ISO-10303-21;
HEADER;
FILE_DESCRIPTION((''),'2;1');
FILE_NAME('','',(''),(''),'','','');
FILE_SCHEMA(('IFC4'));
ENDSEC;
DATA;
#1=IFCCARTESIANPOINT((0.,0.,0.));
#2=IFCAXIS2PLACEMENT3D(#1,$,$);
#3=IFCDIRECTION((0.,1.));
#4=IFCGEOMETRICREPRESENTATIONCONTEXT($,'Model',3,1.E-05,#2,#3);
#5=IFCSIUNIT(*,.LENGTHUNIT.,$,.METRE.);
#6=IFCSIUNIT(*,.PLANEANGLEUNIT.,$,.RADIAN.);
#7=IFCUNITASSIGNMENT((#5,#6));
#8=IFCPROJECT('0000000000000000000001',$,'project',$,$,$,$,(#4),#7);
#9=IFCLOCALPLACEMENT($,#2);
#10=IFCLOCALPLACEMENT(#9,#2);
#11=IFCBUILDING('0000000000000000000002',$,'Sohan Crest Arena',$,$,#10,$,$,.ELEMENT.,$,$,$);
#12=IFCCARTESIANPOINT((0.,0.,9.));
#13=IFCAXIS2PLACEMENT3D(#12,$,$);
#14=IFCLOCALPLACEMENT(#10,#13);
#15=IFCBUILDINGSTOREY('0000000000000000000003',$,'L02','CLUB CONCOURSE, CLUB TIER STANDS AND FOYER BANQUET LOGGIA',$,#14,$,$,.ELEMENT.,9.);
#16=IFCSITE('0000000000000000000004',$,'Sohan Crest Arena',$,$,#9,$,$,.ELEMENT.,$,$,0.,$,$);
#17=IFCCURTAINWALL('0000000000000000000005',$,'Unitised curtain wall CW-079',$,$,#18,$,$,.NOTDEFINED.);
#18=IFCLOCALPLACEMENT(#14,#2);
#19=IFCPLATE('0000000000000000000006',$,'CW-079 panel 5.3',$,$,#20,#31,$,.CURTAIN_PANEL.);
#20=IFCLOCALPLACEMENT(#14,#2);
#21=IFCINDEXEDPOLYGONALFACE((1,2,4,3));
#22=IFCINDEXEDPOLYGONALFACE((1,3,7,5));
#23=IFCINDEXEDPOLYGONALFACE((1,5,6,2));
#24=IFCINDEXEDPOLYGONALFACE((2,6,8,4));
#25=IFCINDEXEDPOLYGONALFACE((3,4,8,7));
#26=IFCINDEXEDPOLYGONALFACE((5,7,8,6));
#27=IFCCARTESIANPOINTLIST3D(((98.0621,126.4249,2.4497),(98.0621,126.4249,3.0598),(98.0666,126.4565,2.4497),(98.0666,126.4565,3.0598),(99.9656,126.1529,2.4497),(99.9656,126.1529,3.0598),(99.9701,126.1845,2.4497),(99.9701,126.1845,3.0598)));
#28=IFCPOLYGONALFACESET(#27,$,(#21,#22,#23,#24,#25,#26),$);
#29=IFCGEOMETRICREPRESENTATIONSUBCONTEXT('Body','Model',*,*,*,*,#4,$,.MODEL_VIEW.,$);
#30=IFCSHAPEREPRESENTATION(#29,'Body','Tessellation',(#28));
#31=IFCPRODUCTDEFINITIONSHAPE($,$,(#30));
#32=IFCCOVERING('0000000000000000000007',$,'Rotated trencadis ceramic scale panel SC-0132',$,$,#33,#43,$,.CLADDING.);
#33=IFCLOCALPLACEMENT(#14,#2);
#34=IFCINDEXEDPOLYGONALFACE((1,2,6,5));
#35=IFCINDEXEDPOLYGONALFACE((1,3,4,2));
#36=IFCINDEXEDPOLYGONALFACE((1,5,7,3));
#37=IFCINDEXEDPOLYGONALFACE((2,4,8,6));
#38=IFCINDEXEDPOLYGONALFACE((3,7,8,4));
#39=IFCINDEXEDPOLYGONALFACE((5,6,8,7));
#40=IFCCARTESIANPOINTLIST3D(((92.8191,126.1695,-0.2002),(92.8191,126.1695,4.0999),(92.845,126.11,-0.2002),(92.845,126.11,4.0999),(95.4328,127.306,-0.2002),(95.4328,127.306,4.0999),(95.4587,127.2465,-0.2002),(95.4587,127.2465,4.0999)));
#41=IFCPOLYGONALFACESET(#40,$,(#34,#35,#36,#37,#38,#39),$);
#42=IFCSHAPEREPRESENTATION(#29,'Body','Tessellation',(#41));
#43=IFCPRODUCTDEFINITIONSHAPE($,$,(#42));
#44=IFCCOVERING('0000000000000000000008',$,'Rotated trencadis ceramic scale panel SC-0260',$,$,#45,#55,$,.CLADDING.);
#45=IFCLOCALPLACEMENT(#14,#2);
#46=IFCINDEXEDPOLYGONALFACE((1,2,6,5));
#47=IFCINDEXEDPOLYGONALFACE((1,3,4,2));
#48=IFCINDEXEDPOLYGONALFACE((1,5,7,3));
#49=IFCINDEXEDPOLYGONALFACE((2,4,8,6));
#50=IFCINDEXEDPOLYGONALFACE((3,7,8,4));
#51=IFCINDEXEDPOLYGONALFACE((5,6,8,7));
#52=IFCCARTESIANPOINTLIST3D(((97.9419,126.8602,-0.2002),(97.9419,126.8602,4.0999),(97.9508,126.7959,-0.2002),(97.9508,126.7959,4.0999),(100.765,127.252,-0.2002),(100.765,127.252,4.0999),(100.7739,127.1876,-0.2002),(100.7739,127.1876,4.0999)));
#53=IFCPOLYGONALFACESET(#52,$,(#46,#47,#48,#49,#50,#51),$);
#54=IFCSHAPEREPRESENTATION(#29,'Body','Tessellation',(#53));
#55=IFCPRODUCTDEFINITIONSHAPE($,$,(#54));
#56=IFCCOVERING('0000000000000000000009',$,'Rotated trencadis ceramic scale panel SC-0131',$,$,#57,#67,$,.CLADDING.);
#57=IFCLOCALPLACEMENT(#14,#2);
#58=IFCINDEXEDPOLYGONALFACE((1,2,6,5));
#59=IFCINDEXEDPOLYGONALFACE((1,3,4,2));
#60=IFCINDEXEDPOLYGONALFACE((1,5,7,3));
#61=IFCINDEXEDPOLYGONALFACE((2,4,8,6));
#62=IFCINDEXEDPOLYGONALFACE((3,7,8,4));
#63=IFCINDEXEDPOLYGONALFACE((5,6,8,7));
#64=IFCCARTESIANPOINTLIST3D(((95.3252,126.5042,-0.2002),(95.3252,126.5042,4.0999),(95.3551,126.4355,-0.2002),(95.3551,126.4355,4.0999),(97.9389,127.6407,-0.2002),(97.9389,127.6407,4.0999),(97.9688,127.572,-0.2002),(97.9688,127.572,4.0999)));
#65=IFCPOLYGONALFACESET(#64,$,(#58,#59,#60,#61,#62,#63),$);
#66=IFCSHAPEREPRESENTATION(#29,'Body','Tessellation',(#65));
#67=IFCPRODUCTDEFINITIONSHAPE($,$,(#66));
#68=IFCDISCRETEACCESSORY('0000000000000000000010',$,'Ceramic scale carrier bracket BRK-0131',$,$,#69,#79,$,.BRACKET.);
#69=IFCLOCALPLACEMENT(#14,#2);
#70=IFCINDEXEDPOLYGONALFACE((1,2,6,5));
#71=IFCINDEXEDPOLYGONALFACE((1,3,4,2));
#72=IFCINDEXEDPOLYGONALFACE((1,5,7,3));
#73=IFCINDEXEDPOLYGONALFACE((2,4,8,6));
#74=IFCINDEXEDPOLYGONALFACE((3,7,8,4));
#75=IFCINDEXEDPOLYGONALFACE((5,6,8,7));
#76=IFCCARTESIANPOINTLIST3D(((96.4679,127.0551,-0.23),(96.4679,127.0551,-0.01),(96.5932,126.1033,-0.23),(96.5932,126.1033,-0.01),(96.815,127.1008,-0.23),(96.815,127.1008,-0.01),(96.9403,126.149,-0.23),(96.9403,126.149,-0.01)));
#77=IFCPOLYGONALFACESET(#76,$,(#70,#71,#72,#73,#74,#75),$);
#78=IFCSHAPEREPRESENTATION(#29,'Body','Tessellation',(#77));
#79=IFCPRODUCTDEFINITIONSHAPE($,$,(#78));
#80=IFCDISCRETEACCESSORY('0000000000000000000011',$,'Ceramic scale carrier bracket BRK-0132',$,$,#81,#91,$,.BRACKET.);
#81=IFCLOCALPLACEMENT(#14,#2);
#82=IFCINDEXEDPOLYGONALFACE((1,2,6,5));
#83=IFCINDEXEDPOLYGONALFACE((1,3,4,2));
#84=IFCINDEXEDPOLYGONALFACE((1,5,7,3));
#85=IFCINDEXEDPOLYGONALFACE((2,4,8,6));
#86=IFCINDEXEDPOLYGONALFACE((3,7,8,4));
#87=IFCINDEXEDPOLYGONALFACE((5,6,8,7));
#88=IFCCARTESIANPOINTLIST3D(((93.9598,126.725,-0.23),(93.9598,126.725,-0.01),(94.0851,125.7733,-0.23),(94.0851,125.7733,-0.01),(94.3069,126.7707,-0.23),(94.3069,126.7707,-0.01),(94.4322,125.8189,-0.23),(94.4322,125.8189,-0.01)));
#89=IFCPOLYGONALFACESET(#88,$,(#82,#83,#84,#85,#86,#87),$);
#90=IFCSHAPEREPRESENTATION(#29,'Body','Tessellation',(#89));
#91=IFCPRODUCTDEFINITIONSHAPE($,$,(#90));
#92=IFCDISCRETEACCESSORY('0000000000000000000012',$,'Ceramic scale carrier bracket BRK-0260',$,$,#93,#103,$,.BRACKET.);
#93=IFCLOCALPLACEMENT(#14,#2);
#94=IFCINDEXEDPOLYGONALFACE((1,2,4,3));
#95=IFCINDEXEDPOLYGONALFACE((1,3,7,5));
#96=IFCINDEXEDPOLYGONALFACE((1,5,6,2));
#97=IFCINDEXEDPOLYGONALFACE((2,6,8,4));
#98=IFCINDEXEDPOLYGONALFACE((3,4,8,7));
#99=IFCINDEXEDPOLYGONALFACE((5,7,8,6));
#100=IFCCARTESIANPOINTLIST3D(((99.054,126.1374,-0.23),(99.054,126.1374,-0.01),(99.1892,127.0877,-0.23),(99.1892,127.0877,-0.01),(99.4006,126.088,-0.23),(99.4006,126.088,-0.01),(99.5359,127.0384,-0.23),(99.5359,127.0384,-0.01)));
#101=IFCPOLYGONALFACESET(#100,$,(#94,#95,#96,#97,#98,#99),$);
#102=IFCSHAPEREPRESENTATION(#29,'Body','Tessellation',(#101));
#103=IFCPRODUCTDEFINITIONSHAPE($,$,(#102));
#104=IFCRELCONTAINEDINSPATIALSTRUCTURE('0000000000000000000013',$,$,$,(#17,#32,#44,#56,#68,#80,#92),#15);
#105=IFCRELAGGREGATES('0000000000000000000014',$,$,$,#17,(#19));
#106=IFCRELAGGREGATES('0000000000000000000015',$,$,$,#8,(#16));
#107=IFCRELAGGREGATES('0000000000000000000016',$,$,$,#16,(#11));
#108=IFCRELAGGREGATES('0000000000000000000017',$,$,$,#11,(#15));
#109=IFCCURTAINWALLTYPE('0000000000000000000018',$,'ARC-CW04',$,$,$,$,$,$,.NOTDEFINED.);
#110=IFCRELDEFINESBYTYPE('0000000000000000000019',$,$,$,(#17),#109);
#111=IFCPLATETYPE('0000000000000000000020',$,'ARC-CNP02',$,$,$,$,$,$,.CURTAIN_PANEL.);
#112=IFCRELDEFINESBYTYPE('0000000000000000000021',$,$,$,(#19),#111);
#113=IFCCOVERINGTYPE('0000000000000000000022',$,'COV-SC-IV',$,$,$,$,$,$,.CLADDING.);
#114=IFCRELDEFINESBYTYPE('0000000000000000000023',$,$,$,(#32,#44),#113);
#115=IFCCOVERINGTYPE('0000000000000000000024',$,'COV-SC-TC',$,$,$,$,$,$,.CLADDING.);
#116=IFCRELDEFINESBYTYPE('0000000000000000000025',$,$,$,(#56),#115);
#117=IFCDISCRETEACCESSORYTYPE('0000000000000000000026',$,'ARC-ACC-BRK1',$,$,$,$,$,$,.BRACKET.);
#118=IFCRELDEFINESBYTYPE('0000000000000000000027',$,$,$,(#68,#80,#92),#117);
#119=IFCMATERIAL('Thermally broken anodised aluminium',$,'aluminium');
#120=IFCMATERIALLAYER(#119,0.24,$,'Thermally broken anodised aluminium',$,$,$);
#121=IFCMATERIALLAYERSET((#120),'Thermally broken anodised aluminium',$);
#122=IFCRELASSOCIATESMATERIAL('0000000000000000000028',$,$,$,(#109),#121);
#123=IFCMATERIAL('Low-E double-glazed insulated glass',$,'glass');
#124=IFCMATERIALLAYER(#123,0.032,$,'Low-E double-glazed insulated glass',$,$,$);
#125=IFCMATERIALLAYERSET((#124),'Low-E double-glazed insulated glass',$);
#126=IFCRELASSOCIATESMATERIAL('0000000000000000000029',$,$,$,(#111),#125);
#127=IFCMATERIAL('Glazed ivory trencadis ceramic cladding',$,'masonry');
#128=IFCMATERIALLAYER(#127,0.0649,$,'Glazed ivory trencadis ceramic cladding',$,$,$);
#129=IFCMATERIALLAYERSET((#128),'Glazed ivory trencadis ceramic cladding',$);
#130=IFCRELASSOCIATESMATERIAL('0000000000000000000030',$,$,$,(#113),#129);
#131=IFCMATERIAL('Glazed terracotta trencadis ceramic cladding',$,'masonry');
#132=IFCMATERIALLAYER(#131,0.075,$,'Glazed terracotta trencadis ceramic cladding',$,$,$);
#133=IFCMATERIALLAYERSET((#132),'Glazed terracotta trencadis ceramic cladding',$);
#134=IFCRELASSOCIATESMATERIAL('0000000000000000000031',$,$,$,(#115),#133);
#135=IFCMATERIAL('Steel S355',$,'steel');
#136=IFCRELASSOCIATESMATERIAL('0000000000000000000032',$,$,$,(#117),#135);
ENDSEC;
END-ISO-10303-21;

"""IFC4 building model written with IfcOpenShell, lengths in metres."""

from ifc_helpers import new_model, si_unit, direction, frame, origin, origin_2d, place, context, subcontext, project, spatial, rectangle, extrude, material, layer, layer_set, type_object, element, aggregate, save


model = new_model("IFC4")

# Units and contexts
model_context = context("Model", 3, precision=1e-05, world=origin(), true_north=direction((0.0, 1.0)))
body_context = subcontext(model_context, "Body", "Model", "MODEL_VIEW")
ifc_project = project(units=[si_unit("LENGTHUNIT", "METRE"), si_unit("PLANEANGLEUNIT", "RADIAN")], contexts=[model_context])

# Site, building, storey
site_placement = place(None, origin())
site = spatial("IfcSite", under=ifc_project, at=site_placement, Name="Sohan Crest Arena", CompositionType="ELEMENT", RefElevation=0.0)
building_placement = place(site_placement, origin())
building = spatial("IfcBuilding", under=site, at=building_placement, Name="Sohan Crest Arena", CompositionType="ELEMENT")
storey_placement = place(building_placement, frame((0.0, 0.0, 9.0)))
storey = spatial("IfcBuildingStorey", under=building, at=storey_placement, Name="L02", Description="CLUB CONCOURSE, CLUB TIER STANDS AND FOYER BANQUET LOGGIA", CompositionType="ELEMENT", Elevation=9.0)

# Curtain wall
ifc_material_1 = material(Name="Thermally broken anodised aluminium", Category="aluminium")
ifc_layer_1 = layer(ifc_material_1, 0.24, Name="Thermally broken anodised aluminium")
ifc_layer_set_1 = layer_set([ifc_layer_1], Name="Thermally broken anodised aluminium")
curtain_wall_type_1 = type_object("IfcCurtainWallType", Name="ARC-CW04", PredefinedType="NOTDEFINED", material=ifc_layer_set_1)
curtain_wall_1_placement = place(storey_placement, origin())
curtain_wall_1 = element("IfcCurtainWall", 1, at=curtain_wall_1_placement, inside=storey, type_object=curtain_wall_type_1, Name="Unitised curtain wall CW-079", PredefinedType="NOTDEFINED")

# Plate
ifc_material_2 = material(Name="Low-E double-glazed insulated glass", Category="glass")
ifc_layer_2 = layer(ifc_material_2, 0.032, Name="Low-E double-glazed insulated glass")
ifc_layer_set_2 = layer_set([ifc_layer_2], Name="Low-E double-glazed insulated glass")
plate_type_1 = type_object("IfcPlateType", Name="ARC-CNP02", PredefinedType="CURTAIN_PANEL", material=ifc_layer_set_2)
plate_1_placement = place(storey_placement, frame((99.0161, 126.3047, 2.4497), z_axis=(0.0, 0.0, 1.0), x_axis=(-0.989944, 0.141463, 0.0)))
plate_1 = element("IfcPlate", 2, at=plate_1_placement, type_object=plate_type_1, Name="CW-079 panel 5.3", PredefinedType="CURTAIN_PANEL", context=body_context, shape_type="SweptSolid", body=[
    extrude(rectangle(XDim=1.9229, YDim=0.032, at=origin_2d()), origin(), (0.0, 0.0, 1.0), 0.6101),
])
aggregate(curtain_wall_1, [plate_1])

# Coverings
ifc_material_3 = material(Name="Glazed ivory trencadis ceramic cladding", Category="masonry")
ifc_layer_3 = layer(ifc_material_3, 0.0649, Name="Glazed ivory trencadis ceramic cladding")
ifc_layer_set_3 = layer_set([ifc_layer_3], Name="Glazed ivory trencadis ceramic cladding")
covering_type_1 = type_object("IfcCoveringType", Name="COV-SC-IV", PredefinedType="CLADDING", material=ifc_layer_set_3)
for number, where, z_axis, x_axis, name in (
    (3, (94.1389, 126.708, -0.2002), (0.0, 0.0, 1.0), (-0.91706, -0.398749, 0.0), "Rotated trencadis ceramic scale panel SC-0132"),
    (4, (99.3579, 127.0239, -0.2002), (0.0, 0.0, 1.0), (-0.990509, -0.137445, 0.0), "Rotated trencadis ceramic scale panel SC-0260"),
):
    element("IfcCovering", number, at=place(storey_placement, frame(where, z_axis=z_axis, x_axis=x_axis)), inside=storey, type_object=covering_type_1, Name=name, PredefinedType="CLADDING", context=body_context, shape_type="SweptSolid", body=[
        extrude(rectangle(XDim=2.8501, YDim=0.0649, at=origin_2d()), origin(), (0.0, 0.0, 1.0), 4.3),
    ])
ifc_material_4 = material(Name="Glazed terracotta trencadis ceramic cladding", Category="masonry")
ifc_layer_4 = layer(ifc_material_4, 0.075, Name="Glazed terracotta trencadis ceramic cladding")
ifc_layer_set_4 = layer_set([ifc_layer_4], Name="Glazed terracotta trencadis ceramic cladding")
covering_type_2 = type_object("IfcCoveringType", Name="COV-SC-TC", PredefinedType="CLADDING", material=ifc_layer_set_4)
covering_placement = place(storey_placement, frame((96.647, 127.0381, -0.2002), z_axis=(0.0, 0.0, 1.0), x_axis=(-0.91706, -0.398749, 0.0)))
element("IfcCovering", 5, at=covering_placement, inside=storey, type_object=covering_type_2, Name="Rotated trencadis ceramic scale panel SC-0131", PredefinedType="CLADDING", context=body_context, shape_type="SweptSolid", body=[
    extrude(rectangle(XDim=2.8501, YDim=0.075, at=origin_2d()), origin(), (0.0, 0.0, 1.0), 4.3),
])

# Discrete accessories
ifc_material_5 = material(Name="Steel S355", Category="steel")
discrete_accessory_type = type_object("IfcDiscreteAccessoryType", Name="ARC-ACC-BRK1", PredefinedType="BRACKET", material=ifc_material_5)
for number, where, z_axis, x_axis, name in (
    (6, (96.7041, 126.6021, -0.23), (0.0, 0.0, 1.0), (-0.991445, -0.130526, 0.0), "Ceramic scale carrier bracket BRK-0131"),
    (7, (94.196, 126.272, -0.23), (0.0, 0.0, 1.0), (-0.991445, -0.130526, 0.0), "Ceramic scale carrier bracket BRK-0132"),
    (8, (99.2949, 126.5879, -0.23), (0.0, 0.0, 1.0), (-0.990024, 0.140901, 0.0), "Ceramic scale carrier bracket BRK-0260"),
):
    element("IfcDiscreteAccessory", number, at=place(storey_placement, frame(where, z_axis=z_axis, x_axis=x_axis)), inside=storey, type_object=discrete_accessory_type, Name=name, PredefinedType="BRACKET", context=body_context, shape_type="SweptSolid", body=[
        extrude(rectangle(XDim=0.3501, YDim=0.96, at=origin_2d()), origin(), (0.0, 0.0, 1.0), 0.22),
    ])

save(model, "model.ifc")
